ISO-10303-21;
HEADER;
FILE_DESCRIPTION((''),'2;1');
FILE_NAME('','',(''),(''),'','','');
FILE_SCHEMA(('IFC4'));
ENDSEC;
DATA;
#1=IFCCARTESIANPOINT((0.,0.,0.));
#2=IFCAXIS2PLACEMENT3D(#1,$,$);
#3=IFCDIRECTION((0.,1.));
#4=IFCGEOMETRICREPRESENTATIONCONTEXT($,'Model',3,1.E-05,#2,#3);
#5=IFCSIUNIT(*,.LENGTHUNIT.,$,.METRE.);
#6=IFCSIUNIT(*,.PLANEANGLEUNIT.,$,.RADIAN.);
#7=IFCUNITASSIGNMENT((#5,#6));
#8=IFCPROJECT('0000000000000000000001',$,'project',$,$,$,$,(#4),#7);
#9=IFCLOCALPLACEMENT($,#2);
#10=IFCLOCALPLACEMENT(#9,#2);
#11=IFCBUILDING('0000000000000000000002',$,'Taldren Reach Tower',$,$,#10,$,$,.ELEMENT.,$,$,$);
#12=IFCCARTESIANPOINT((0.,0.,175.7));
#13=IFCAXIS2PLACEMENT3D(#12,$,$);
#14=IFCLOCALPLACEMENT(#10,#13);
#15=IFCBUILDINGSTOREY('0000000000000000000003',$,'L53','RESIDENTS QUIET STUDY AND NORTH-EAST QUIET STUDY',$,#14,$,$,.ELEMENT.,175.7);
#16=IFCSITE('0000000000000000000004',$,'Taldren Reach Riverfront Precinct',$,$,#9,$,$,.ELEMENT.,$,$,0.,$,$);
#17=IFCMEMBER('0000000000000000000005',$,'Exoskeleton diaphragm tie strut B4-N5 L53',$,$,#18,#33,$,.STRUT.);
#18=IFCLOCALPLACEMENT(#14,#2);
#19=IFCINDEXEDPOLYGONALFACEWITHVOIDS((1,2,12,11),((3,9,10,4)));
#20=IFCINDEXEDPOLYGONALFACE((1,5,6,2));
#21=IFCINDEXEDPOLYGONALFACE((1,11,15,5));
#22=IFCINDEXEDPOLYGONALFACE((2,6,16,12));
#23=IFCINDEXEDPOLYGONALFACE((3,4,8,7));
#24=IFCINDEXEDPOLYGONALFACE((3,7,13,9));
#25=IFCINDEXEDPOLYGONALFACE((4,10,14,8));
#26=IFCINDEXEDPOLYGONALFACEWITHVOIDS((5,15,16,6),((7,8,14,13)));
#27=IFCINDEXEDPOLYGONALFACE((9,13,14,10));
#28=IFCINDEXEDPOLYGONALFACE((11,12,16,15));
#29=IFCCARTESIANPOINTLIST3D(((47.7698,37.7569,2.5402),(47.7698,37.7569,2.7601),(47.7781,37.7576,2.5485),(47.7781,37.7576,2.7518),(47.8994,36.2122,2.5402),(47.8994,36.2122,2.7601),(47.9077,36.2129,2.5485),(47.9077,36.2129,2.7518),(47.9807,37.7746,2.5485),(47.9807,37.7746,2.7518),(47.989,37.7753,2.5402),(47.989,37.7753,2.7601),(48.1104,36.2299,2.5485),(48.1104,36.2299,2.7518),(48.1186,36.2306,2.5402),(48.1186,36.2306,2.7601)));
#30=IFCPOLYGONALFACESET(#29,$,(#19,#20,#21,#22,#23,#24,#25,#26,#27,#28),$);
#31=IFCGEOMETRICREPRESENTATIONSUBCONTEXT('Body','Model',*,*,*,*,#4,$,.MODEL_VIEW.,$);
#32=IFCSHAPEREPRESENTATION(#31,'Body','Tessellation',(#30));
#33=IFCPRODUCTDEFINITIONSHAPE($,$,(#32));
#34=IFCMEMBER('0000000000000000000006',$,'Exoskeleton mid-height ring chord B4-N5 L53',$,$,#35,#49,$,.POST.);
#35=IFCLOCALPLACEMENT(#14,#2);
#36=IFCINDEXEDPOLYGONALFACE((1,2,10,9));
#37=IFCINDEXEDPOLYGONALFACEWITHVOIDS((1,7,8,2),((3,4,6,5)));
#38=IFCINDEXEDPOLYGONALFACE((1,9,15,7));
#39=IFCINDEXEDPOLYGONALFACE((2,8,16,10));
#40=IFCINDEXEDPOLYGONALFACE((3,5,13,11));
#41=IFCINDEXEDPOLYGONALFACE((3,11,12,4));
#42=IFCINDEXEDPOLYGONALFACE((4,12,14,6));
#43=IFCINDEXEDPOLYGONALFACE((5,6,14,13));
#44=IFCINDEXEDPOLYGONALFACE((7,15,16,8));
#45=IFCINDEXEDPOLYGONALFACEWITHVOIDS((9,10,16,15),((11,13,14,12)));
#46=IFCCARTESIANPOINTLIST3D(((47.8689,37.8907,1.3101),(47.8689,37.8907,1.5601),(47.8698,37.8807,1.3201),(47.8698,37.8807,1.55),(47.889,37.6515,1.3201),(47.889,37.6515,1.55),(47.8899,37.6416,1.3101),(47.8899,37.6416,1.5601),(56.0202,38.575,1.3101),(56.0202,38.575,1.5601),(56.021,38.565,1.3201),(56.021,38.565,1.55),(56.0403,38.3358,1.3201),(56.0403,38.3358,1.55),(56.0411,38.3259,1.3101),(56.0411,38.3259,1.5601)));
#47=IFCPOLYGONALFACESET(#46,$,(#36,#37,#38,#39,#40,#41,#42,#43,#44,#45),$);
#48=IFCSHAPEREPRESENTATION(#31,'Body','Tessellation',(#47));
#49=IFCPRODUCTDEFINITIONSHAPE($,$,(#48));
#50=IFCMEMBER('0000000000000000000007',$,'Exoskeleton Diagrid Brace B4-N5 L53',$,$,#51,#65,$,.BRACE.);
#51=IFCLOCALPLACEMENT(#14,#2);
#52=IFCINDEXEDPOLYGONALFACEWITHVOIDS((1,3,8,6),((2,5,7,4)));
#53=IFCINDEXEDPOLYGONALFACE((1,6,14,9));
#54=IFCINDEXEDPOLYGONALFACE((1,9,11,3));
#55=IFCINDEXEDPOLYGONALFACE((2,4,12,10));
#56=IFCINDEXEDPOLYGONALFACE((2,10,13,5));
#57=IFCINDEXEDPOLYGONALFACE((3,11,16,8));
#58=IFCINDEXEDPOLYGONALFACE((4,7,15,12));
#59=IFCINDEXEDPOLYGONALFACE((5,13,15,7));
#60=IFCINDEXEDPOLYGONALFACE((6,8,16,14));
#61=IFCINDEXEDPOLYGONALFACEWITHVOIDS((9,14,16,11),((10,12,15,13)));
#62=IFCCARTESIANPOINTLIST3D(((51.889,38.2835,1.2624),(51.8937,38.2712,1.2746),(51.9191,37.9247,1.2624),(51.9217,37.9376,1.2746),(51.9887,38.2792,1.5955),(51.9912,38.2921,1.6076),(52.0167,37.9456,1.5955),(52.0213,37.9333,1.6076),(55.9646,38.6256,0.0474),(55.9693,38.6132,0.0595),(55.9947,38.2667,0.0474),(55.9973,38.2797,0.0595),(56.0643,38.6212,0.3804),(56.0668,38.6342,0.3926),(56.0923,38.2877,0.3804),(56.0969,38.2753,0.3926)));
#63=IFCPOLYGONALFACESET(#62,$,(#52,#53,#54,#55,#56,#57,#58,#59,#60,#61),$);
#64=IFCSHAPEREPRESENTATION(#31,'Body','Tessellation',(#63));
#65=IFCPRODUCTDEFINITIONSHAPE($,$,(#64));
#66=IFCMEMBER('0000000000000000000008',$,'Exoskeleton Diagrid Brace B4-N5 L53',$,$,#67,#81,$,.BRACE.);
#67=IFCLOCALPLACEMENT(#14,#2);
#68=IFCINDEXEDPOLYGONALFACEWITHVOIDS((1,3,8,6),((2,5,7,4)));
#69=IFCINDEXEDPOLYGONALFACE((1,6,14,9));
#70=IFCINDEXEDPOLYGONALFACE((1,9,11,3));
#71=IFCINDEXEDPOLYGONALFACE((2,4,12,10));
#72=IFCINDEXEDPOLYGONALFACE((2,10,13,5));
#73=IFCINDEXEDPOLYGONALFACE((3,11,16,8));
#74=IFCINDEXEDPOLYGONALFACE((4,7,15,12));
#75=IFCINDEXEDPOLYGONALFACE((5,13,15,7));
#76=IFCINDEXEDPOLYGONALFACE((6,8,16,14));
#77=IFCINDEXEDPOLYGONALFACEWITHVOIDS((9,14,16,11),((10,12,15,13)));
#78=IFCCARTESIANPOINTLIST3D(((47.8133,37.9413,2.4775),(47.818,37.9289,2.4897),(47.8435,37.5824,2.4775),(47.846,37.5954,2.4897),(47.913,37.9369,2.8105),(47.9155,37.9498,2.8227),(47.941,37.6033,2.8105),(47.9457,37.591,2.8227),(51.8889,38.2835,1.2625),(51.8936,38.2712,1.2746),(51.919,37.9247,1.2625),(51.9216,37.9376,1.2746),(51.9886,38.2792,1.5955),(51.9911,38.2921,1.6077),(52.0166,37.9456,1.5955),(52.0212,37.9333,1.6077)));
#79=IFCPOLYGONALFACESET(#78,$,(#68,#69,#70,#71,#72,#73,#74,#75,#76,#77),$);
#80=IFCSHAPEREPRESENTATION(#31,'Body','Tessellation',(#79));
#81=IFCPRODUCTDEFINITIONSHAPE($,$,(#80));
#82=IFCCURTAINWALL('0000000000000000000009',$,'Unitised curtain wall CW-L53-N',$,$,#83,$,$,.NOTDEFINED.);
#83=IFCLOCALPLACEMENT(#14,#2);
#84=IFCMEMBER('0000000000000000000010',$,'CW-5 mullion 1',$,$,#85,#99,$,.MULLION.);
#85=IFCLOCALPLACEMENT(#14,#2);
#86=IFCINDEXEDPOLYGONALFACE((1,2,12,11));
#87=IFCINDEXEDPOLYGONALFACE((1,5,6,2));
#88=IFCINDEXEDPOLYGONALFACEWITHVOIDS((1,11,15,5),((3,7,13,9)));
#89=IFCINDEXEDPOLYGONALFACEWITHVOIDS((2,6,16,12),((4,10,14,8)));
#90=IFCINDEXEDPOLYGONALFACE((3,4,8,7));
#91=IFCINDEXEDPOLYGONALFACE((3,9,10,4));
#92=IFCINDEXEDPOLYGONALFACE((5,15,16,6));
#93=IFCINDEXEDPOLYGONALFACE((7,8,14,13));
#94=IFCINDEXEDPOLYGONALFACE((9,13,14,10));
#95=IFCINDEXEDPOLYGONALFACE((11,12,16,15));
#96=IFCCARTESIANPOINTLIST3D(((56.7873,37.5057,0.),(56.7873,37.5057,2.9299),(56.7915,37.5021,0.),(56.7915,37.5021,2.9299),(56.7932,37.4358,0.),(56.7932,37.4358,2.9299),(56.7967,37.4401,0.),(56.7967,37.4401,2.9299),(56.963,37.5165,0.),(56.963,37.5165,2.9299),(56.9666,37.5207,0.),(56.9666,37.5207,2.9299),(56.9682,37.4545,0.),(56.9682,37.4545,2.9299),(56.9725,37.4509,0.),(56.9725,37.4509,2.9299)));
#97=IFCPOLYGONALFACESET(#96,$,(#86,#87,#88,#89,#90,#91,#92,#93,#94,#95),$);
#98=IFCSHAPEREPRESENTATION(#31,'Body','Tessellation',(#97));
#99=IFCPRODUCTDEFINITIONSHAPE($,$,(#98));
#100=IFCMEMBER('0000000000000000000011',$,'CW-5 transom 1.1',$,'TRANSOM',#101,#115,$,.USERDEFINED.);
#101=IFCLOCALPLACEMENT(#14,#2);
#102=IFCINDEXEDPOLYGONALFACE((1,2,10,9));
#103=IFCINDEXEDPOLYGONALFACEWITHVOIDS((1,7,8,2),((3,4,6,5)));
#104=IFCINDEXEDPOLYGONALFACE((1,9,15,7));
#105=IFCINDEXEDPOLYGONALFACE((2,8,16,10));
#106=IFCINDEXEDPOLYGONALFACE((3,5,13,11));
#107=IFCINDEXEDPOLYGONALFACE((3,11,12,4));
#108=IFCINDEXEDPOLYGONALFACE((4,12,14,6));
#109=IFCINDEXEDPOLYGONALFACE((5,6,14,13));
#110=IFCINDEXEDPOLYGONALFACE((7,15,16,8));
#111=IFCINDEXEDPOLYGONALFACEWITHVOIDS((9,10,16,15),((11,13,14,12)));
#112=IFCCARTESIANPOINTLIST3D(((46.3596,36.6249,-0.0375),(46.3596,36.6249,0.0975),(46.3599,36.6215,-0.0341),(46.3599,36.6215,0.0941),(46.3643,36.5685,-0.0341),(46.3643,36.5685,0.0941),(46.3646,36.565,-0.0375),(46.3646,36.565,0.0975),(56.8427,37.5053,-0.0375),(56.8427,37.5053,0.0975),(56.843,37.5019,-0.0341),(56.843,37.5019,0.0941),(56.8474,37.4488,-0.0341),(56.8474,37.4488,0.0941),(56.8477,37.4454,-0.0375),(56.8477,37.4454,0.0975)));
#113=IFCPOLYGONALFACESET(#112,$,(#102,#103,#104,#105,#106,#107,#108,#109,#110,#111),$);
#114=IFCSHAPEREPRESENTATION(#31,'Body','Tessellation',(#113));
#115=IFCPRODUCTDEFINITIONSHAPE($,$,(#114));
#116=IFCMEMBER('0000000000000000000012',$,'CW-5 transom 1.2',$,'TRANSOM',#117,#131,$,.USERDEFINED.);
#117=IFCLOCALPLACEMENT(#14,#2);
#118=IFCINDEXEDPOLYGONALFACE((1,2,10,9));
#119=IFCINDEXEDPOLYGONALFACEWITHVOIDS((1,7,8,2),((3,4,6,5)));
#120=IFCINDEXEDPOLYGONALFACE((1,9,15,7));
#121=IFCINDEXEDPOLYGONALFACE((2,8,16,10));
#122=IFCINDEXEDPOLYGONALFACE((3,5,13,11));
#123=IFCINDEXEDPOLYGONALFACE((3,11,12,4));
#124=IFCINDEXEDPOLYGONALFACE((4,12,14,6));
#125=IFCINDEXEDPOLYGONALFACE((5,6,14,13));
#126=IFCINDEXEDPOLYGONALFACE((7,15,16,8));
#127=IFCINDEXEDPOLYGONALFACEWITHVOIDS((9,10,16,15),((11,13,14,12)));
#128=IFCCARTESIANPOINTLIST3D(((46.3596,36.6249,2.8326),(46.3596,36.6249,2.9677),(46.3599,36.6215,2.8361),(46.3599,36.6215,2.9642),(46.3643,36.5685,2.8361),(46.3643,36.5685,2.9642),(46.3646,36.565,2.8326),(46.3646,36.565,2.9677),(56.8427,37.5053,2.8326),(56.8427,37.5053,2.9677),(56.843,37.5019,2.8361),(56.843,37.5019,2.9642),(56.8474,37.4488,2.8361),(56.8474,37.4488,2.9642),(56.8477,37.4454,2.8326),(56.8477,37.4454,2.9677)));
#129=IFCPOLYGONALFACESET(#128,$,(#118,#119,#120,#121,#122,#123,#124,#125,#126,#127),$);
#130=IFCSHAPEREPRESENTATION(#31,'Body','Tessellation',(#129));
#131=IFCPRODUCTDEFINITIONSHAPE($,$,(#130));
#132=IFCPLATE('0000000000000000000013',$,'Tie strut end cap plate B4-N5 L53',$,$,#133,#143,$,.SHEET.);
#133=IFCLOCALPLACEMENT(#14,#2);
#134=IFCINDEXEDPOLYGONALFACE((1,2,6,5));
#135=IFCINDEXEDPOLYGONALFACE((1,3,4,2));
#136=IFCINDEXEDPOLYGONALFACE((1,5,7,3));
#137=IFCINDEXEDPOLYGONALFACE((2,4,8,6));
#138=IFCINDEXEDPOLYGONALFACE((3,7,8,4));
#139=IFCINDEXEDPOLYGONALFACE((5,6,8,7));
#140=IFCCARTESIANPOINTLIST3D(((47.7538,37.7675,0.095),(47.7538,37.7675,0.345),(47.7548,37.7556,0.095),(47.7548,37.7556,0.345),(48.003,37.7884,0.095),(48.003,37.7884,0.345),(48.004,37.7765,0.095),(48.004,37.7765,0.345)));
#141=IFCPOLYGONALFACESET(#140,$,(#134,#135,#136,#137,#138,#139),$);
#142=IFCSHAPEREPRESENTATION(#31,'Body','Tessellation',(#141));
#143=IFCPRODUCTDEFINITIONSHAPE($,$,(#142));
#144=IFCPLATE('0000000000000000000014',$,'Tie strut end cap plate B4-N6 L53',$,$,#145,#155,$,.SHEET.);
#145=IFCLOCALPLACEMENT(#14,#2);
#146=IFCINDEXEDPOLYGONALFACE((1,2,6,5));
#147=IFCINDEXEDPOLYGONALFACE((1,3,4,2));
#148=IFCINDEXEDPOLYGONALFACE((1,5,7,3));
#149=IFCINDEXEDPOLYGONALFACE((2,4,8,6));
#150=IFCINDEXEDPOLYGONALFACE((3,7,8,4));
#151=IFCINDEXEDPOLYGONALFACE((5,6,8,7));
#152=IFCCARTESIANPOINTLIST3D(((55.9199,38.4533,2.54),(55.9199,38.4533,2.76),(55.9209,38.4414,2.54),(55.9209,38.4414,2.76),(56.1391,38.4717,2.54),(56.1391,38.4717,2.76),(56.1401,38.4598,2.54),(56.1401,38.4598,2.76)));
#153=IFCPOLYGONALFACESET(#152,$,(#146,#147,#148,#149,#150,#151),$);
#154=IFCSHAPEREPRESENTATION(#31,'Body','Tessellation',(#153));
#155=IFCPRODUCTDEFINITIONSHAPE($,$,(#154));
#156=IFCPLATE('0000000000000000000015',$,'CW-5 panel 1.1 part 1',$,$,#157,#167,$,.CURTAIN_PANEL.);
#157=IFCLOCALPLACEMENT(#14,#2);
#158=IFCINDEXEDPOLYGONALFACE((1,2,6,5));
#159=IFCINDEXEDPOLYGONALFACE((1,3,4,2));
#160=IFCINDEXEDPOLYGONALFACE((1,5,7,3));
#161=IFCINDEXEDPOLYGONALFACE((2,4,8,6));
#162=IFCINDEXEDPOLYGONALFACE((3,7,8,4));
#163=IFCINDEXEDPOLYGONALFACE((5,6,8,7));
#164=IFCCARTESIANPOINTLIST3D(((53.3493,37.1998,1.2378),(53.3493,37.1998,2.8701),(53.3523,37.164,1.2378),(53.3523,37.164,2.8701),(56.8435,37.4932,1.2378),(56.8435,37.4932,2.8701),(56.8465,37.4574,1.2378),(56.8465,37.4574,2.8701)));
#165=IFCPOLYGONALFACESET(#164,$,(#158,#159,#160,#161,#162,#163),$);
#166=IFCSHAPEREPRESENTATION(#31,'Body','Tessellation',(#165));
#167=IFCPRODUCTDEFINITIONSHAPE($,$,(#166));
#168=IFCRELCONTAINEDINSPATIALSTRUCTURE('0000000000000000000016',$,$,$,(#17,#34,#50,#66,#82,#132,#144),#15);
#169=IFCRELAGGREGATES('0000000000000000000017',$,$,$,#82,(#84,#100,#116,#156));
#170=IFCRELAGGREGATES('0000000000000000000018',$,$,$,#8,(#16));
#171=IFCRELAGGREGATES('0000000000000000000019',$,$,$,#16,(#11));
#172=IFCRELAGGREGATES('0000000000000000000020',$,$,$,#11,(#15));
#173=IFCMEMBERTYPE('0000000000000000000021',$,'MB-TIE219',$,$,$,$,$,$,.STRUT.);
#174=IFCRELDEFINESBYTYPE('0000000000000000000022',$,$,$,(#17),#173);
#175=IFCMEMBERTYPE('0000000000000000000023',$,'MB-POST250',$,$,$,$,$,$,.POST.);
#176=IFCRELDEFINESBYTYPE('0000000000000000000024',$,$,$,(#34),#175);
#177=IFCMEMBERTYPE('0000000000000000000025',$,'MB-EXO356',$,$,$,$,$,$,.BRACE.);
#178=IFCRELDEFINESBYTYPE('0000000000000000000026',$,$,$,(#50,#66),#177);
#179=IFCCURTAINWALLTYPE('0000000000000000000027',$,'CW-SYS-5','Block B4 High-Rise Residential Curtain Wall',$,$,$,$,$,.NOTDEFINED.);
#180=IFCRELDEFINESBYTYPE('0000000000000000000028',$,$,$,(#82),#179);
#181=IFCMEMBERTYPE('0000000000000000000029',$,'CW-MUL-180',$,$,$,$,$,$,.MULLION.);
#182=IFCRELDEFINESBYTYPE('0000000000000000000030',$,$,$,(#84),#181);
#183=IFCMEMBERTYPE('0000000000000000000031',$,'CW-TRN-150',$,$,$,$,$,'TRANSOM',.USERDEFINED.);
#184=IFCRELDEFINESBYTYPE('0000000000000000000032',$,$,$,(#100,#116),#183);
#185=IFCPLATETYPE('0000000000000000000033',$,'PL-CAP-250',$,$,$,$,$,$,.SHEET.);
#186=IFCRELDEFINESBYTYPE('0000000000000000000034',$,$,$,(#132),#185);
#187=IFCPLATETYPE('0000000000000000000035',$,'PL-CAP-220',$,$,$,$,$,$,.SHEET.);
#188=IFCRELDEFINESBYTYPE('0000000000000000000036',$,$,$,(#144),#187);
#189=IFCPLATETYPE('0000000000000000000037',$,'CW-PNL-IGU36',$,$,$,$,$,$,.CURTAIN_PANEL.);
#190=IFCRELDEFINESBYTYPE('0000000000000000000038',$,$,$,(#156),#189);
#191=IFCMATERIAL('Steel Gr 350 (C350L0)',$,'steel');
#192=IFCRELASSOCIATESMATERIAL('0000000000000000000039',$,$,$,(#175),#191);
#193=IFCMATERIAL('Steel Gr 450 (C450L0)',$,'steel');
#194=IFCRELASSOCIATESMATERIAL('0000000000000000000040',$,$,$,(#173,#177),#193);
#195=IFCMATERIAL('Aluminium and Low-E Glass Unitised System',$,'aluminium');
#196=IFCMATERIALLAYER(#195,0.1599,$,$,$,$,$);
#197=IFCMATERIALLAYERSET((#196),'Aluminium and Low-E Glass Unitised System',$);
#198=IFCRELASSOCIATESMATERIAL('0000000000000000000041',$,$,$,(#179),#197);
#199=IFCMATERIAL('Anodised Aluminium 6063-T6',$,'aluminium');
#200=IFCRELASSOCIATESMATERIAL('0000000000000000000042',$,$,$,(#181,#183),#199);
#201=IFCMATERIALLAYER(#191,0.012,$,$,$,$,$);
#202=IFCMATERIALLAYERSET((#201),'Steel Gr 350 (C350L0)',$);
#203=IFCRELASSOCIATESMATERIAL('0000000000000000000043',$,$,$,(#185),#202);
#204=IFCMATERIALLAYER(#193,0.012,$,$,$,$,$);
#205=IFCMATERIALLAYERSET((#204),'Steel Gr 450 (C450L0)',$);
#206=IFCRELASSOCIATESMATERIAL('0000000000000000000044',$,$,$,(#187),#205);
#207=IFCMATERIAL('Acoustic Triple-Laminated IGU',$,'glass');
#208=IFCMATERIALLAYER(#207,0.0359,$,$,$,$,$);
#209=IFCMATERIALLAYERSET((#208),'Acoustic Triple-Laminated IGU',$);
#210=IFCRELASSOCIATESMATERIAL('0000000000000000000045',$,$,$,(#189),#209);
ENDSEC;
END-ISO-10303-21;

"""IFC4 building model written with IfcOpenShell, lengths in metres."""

from ifc_helpers import new_model, si_unit, direction, frame, origin, origin_2d, place, context, subcontext, project, spatial, rectangle, hollow_rectangle, extrude, source, transform, mapped, material, layer, layer_set, material_profile, profile_set, type_object, element, aggregate, save


model = new_model("IFC4")

# Units and contexts
model_context = context("Model", 3, precision=1e-05, world=origin(), true_north=direction((0.0, 1.0)))
body_context = subcontext(model_context, "Body", "Model", "MODEL_VIEW")
ifc_project = project(units=[si_unit("LENGTHUNIT", "METRE"), si_unit("PLANEANGLEUNIT", "RADIAN")], contexts=[model_context])

# Site, building, storey
site_placement = place(None, origin())
site = spatial("IfcSite", under=ifc_project, at=site_placement, Name="Taldren Reach Riverfront Precinct", CompositionType="ELEMENT", RefElevation=0.0)
building_placement = place(site_placement, origin())
building = spatial("IfcBuilding", under=site, at=building_placement, Name="Taldren Reach Tower", CompositionType="ELEMENT")
storey_placement = place(building_placement, frame((0.0, 0.0, 175.7)))
storey = spatial("IfcBuildingStorey", under=building, at=storey_placement, Name="L53", Description="RESIDENTS QUIET STUDY AND NORTH-EAST QUIET STUDY", CompositionType="ELEMENT", Elevation=175.7)

# Shared definitions
ifc_material_1 = material(Name="Steel Gr 350 (C350L0)", Category="steel")

# Shared definitions
ifc_material_profile_1 = material_profile(ifc_material_1, hollow_rectangle(XDim=0.25, YDim=0.25, WallThickness=0.01, at=origin_2d()), Name="250x250x10.0SHS")
ifc_profile_set_1 = profile_set([ifc_material_profile_1], Name="Steel Gr 350 (C350L0)")
member_type_1 = type_object("IfcMemberType", Name="MB-POST250", PredefinedType="POST", material=ifc_profile_set_1)

# Members
ifc_material_2 = material(Name="Steel Gr 450 (C450L0)", Category="steel")
ifc_material_profile_2 = material_profile(ifc_material_2, hollow_rectangle(XDim=0.22, YDim=0.22, WallThickness=0.0083, at=origin_2d()), Name="220x220x8.2SHS")
ifc_profile_set_2 = profile_set([ifc_material_profile_2], Name="Steel Gr 450 (C450L0)")
member_type_2 = type_object("IfcMemberType", Name="MB-TIE219", PredefinedType="STRUT", material=ifc_profile_set_2)
shared_shape_1 = source(origin(), body_context, "Body", "SweptSolid", [
    extrude(hollow_rectangle(XDim=0.22, YDim=0.22, WallThickness=0.0083, at=origin_2d()), origin(), (0.0, 0.0, 1.0), 1.55),
])
member_1_placement = place(storey_placement, frame((48.009, 36.2214, 2.6501), z_axis=(-0.083632, 0.996497, 0.0), x_axis=(-0.996497, -0.083632, 0.0)))
element("IfcMember", 1, at=member_1_placement, inside=storey, type_object=member_type_2, Name="Exoskeleton diaphragm tie strut B4-N5 L53", PredefinedType="STRUT", context=body_context, shape_type="MappedRepresentation", body=[
    mapped(shared_shape_1, transform((0.0, 0.0, 0.0), scale=1.0)),
])
shared_shape_2 = source(origin(), body_context, "Body", "SweptSolid", [
    extrude(hollow_rectangle(XDim=0.25, YDim=0.25, WallThickness=0.01, at=origin_2d()), origin(), (0.0, 0.0, 1.0), 8.1799),
])
member_2_placement = place(storey_placement, frame((47.8794, 37.7661, 1.4351), z_axis=(0.996495, 0.083658, 0.0), x_axis=(-0.083658, 0.996495, 0.0)))
element("IfcMember", 2, at=member_2_placement, inside=storey, type_object=member_type_1, Name="Exoskeleton mid-height ring chord B4-N5 L53", PredefinedType="POST", context=body_context, shape_type="MappedRepresentation", body=[
    mapped(shared_shape_2, transform((0.0, 0.0, 0.0), scale=1.0)),
])
ifc_material_profile_3 = material_profile(ifc_material_2, hollow_rectangle(XDim=0.3601, YDim=0.3601, WallThickness=0.0127, at=origin_2d()), Name="360x360x12.7SHS")
ifc_profile_set_3 = profile_set([ifc_material_profile_3], Name="Steel Gr 450 (C450L0)")
member_type_3 = type_object("IfcMemberType", Name="MB-EXO356", PredefinedType="BRACE", material=ifc_profile_set_3)
shared_shape_3 = source(origin(), body_context, "Body", "SweptSolid", [
    extrude(hollow_rectangle(XDim=0.3601, YDim=0.3601, WallThickness=0.0127, at=origin_2d()), origin(), (0.0, 0.0, 1.0), 4.2666),
])
for number, where, z_axis, x_axis, name in (
    (3, (56.0308, 38.4504, 0.22), (-0.955234, -0.080165, 0.284785), (0.083628, -0.996497, 0.0), "Exoskeleton Diagrid Brace B4-N5 L53"),
    (4, (51.9551, 38.1084, 1.4351), (-0.955229, -0.080222, 0.284783), (0.083688, -0.996492, 0.0), "Exoskeleton Diagrid Brace B4-N5 L53"),
):
    element("IfcMember", number, at=place(storey_placement, frame(where, z_axis=z_axis, x_axis=x_axis)), inside=storey, type_object=member_type_3, Name=name, PredefinedType="BRACE", context=body_context, shape_type="MappedRepresentation", body=[
        mapped(shared_shape_3, transform((0.0, 0.0, 0.0), scale=1.0)),
    ])

# Curtain wall, members
ifc_material_3 = material(Name="Aluminium and Low-E Glass Unitised System", Category="aluminium")
ifc_layer_1 = layer(ifc_material_3, 0.1599)
ifc_layer_set_1 = layer_set([ifc_layer_1], Name="Aluminium and Low-E Glass Unitised System")
curtain_wall_type = type_object("IfcCurtainWallType", Name="CW-SYS-5", Description="Block B4 High-Rise Residential Curtain Wall", PredefinedType="NOTDEFINED", material=ifc_layer_set_1)
curtain_wall_placement = place(storey_placement, origin())
curtain_wall = element("IfcCurtainWall", 5, at=curtain_wall_placement, inside=storey, type_object=curtain_wall_type, Name="Unitised curtain wall CW-L53-N", PredefinedType="NOTDEFINED")
ifc_material_4 = material(Name="Anodised Aluminium 6063-T6", Category="aluminium")
ifc_material_profile_4 = material_profile(ifc_material_4, hollow_rectangle(XDim=0.0701, YDim=0.1799, WallThickness=0.0039, at=origin_2d()), Name="ALU-180x70x4RHS")
ifc_profile_set_4 = profile_set([ifc_material_profile_4], Name="Anodised Aluminium 6063-T6")
member_type_4 = type_object("IfcMemberType", Name="CW-MUL-180", PredefinedType="MULLION", material=ifc_profile_set_4)
shared_shape_4 = source(origin(), body_context, "Body", "SweptSolid", [
    extrude(hollow_rectangle(XDim=0.0701, YDim=0.1799, WallThickness=0.0039, at=origin_2d()), origin(), (0.0, 0.0, 1.0), 2.9299),
])
member_3_placement = place(storey_placement, frame((56.8799, 37.4783, 0.0), z_axis=(0.0, 0.0, 1.0), x_axis=(0.083678, -0.996493, 0.0)))
member_3 = element("IfcMember", 6, at=member_3_placement, type_object=member_type_4, Name="CW-5 mullion 1", PredefinedType="MULLION", context=body_context, shape_type="MappedRepresentation", body=[
    mapped(shared_shape_4, transform((0.0, 0.0, 0.0), scale=1.0)),
])
ifc_material_profile_5 = material_profile(ifc_material_4, hollow_rectangle(XDim=0.0601, YDim=0.135, WallThickness=0.0034, at=origin_2d()), Name="ALU-135x60x3.5RHS")
ifc_profile_set_5 = profile_set([ifc_material_profile_5], Name="Anodised Aluminium 6063-T6")
member_type_5 = type_object("IfcMemberType", Name="CW-TRN-150", ElementType="TRANSOM", PredefinedType="USERDEFINED", material=ifc_profile_set_5)
shared_shape_5 = source(origin(), body_context, "Body", "SweptSolid", [
    extrude(hollow_rectangle(XDim=0.0601, YDim=0.135, WallThickness=0.0034, at=origin_2d()), origin(), (0.0, 0.0, 1.0), 10.52),
])
member_4_placement = place(storey_placement, frame((56.8452, 37.4753, 0.03), z_axis=(-0.996492, -0.083685, 0.0), x_axis=(0.083685, -0.996492, 0.0)))
member_4 = element("IfcMember", 7, at=member_4_placement, type_object=member_type_5, Name="CW-5 transom 1.1", ObjectType="TRANSOM", PredefinedType="USERDEFINED", context=body_context, shape_type="MappedRepresentation", body=[
    mapped(shared_shape_5, transform((0.0, 0.0, 0.0), scale=1.0)),
])
member_5_placement = place(storey_placement, frame((56.8452, 37.4753, 2.9001), z_axis=(-0.996492, -0.083685, 0.0), x_axis=(0.083685, -0.996492, 0.0)))
member_5 = element("IfcMember", 8, at=member_5_placement, type_object=member_type_5, Name="CW-5 transom 1.2", ObjectType="TRANSOM", PredefinedType="USERDEFINED", context=body_context, shape_type="MappedRepresentation", body=[
    mapped(shared_shape_5, transform((0.0, 0.0, 0.0), scale=1.0)),
])

# Plates
ifc_layer_2 = layer(ifc_material_1, 0.012)
ifc_layer_set_2 = layer_set([ifc_layer_2], Name="Steel Gr 350 (C350L0)")
plate_type_1 = type_object("IfcPlateType", Name="PL-CAP-250", PredefinedType="SHEET", material=ifc_layer_set_2)
shared_shape_6 = source(origin(), body_context, "Body", "SweptSolid", [
    extrude(rectangle(XDim=0.25, YDim=0.012, at=origin_2d()), origin(), (0.0, 0.0, 1.0), 0.25),
])
plate_1_placement = place(storey_placement, frame((47.8789, 37.772, 0.095), z_axis=(0.0, 0.0, 1.0), x_axis=(0.996493, 0.083678, 0.0)))
element("IfcPlate", 9, at=plate_1_placement, inside=storey, type_object=plate_type_1, Name="Tie strut end cap plate B4-N5 L53", PredefinedType="SHEET", context=body_context, shape_type="MappedRepresentation", body=[
    mapped(shared_shape_6, transform((0.0, 0.0, 0.0), scale=1.0)),
])
ifc_layer_3 = layer(ifc_material_2, 0.012)
ifc_layer_set_3 = layer_set([ifc_layer_3], Name="Steel Gr 450 (C450L0)")
plate_type_2 = type_object("IfcPlateType", Name="PL-CAP-220", PredefinedType="SHEET", material=ifc_layer_set_3)
shared_shape_7 = source(origin(), body_context, "Body", "SweptSolid", [
    extrude(rectangle(XDim=0.22, YDim=0.012, at=origin_2d()), origin(), (0.0, 0.0, 1.0), 0.22),
])
plate_2_placement = place(storey_placement, frame((56.03, 38.4565, 2.54), z_axis=(0.0, 0.0, 1.0), x_axis=(0.996493, 0.083678, 0.0)))
element("IfcPlate", 10, at=plate_2_placement, inside=storey, type_object=plate_type_2, Name="Tie strut end cap plate B4-N6 L53", PredefinedType="SHEET", context=body_context, shape_type="MappedRepresentation", body=[
    mapped(shared_shape_7, transform((0.0, 0.0, 0.0), scale=1.0)),
])

# Plate
ifc_material_5 = material(Name="Acoustic Triple-Laminated IGU", Category="glass")
ifc_layer_4 = layer(ifc_material_5, 0.0359)
ifc_layer_set_4 = layer_set([ifc_layer_4], Name="Acoustic Triple-Laminated IGU")
plate_type_3 = type_object("IfcPlateType", Name="CW-PNL-IGU36", PredefinedType="CURTAIN_PANEL", material=ifc_layer_set_4)
shared_shape_8 = source(origin(), body_context, "Body", "SweptSolid", [
    extrude(rectangle(XDim=3.5066, YDim=0.0359, at=origin_2d()), origin(), (0.0, 0.0, 1.0), 1.6323),
])
plate_3_placement = place(storey_placement, frame((55.0979, 37.3286, 1.2378), z_axis=(0.0, 0.0, 1.0), x_axis=(-0.996493, -0.083678, 0.0)))
plate_3 = element("IfcPlate", 11, at=plate_3_placement, type_object=plate_type_3, Name="CW-5 panel 1.1 part 1", PredefinedType="CURTAIN_PANEL", context=body_context, shape_type="MappedRepresentation", body=[
    mapped(shared_shape_8, transform((0.0, 0.0, 0.0), scale=1.0)),
])
aggregate(curtain_wall, [member_3, member_4, member_5, plate_3])

save(model, "model.ifc")
